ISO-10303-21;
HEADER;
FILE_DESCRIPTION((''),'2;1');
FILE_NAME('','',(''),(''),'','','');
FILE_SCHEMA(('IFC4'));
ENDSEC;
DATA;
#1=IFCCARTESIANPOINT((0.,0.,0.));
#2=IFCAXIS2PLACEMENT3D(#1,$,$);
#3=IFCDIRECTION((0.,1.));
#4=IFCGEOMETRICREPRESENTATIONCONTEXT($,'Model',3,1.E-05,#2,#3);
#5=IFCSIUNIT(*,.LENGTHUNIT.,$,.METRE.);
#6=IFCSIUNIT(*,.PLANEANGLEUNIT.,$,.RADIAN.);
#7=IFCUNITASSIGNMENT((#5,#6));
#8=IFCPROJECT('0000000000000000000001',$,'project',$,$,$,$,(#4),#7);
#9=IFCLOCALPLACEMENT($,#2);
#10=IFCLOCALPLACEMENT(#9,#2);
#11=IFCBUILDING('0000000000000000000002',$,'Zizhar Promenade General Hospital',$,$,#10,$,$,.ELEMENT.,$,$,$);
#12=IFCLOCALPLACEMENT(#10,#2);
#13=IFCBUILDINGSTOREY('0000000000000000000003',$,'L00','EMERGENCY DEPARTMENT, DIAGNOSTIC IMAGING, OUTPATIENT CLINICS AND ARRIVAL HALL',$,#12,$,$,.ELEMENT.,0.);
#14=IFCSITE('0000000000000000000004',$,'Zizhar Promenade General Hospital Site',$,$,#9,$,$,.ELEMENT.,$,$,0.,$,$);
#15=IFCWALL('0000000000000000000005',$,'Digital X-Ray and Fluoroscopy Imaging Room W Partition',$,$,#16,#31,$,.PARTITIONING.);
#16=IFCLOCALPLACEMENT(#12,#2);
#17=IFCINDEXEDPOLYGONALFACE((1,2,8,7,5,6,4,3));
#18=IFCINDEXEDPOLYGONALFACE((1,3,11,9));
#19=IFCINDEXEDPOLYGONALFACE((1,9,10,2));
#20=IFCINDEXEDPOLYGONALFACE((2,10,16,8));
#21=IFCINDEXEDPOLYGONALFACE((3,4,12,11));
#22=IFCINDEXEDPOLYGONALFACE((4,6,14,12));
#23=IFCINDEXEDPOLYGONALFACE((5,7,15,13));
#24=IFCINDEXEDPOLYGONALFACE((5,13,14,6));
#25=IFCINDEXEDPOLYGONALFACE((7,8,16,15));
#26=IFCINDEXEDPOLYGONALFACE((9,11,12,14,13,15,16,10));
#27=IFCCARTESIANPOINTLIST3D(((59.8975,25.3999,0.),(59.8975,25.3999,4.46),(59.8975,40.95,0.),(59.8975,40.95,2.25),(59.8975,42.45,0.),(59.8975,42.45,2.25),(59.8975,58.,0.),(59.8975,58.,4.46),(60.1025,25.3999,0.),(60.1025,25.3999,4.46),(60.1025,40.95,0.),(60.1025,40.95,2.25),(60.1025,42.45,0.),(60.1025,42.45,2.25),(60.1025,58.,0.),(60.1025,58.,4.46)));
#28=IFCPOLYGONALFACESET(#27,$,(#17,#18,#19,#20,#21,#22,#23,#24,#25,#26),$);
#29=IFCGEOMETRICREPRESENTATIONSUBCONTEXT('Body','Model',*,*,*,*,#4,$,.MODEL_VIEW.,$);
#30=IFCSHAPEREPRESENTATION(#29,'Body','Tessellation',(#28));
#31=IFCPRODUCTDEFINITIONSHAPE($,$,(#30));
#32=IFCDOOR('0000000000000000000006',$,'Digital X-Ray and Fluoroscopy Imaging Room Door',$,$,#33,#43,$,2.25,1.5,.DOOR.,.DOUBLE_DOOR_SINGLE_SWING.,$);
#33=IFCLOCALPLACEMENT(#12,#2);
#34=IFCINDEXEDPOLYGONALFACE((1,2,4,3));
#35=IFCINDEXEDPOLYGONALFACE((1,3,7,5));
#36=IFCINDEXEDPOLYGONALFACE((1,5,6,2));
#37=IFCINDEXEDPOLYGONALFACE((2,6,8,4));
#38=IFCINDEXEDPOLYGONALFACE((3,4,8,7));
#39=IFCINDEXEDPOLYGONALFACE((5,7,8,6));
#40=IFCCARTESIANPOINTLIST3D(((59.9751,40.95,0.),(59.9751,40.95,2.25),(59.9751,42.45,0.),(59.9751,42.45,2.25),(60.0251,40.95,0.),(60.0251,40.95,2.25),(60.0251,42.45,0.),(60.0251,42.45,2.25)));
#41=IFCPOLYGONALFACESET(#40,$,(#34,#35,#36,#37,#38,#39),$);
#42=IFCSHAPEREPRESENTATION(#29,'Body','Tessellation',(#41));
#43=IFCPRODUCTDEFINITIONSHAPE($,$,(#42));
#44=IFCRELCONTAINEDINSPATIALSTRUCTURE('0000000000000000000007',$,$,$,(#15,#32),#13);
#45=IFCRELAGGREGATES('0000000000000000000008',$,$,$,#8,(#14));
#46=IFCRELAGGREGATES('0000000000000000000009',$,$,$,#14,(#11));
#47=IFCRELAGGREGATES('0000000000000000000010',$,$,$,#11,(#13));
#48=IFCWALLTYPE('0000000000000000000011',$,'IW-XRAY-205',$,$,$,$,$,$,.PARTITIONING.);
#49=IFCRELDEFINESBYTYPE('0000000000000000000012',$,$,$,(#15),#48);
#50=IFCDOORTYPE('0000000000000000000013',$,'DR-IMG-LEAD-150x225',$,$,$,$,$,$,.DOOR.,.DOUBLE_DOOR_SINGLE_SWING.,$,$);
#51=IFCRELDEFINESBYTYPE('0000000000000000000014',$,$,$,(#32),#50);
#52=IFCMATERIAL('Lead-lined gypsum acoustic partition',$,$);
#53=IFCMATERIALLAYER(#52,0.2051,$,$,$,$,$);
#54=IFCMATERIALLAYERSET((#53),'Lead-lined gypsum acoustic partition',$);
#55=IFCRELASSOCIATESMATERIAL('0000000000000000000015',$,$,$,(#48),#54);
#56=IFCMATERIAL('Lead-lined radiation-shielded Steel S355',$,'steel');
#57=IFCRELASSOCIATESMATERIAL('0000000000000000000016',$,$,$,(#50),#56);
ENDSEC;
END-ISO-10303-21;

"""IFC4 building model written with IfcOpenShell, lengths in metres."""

from ifc_helpers import new_model, si_unit, direction, frame, frame_2d, origin, place, context, subcontext, project, spatial, rectangle, extrude, material, layer, layer_set, type_object, element, fill, save


model = new_model("IFC4")

# Units and contexts
model_context = context("Model", 3, precision=1e-05, world=origin(), true_north=direction((0.0, 1.0)))
body_context = subcontext(model_context, "Body", "Model", "MODEL_VIEW")
ifc_project = project(units=[si_unit("LENGTHUNIT", "METRE"), si_unit("PLANEANGLEUNIT", "RADIAN")], contexts=[model_context])

# Site, building, storey
site_placement = place(None, origin())
site = spatial("IfcSite", under=ifc_project, at=site_placement, Name="Zizhar Promenade General Hospital Site", CompositionType="ELEMENT", RefElevation=0.0)
building_placement = place(site_placement, origin())
building = spatial("IfcBuilding", under=site, at=building_placement, Name="Zizhar Promenade General Hospital", CompositionType="ELEMENT")
storey_placement = place(building_placement, origin())
storey = spatial("IfcBuildingStorey", under=building, at=storey_placement, Name="L00", Description="EMERGENCY DEPARTMENT, DIAGNOSTIC IMAGING, OUTPATIENT CLINICS AND ARRIVAL HALL", CompositionType="ELEMENT", Elevation=0.0)

# Shared definitions
ifc_material_1 = material(Name="Lead-lined gypsum acoustic partition")
ifc_layer_1 = layer(ifc_material_1, 0.2051)
ifc_layer_set_1 = layer_set([ifc_layer_1], Name="Lead-lined gypsum acoustic partition")
wall_type_1 = type_object("IfcWallType", Name="IW-XRAY-205", PredefinedType="PARTITIONING", material=ifc_layer_set_1)

# Wall, opening, door
wall_1_placement = place(storey_placement, frame((60.0, 25.3999, 0.0), z_axis=(0.0, 0.0, 1.0), x_axis=(0.0, 1.0, 0.0)))
wall_1 = element("IfcWall", 1, at=wall_1_placement, inside=storey, type_object=wall_type_1, Name="Digital X-Ray and Fluoroscopy Imaging Room W Partition", PredefinedType="PARTITIONING", context=body_context, shape_type="SweptSolid", body=[
    extrude(rectangle(XDim=32.6001, YDim=0.2051, at=frame_2d((16.3, 0.0))), origin(), (0.0, 0.0, 1.0), 4.46),
])
opening_1_placement = place(wall_1_placement, frame((15.55, 0.0, 0.0)))
opening_1 = element("IfcOpeningElement", 2, at=opening_1_placement, cuts=wall_1, PredefinedType="OPENING", context=body_context, shape_type="SweptSolid", body=[
    extrude(rectangle(XDim=1.5, YDim=2.25, at=frame_2d((0.75, 1.125))), frame((0.0, 0.1125, 0.0), z_axis=(0.0, -1.0, 0.0), x_axis=(1.0, 0.0, 0.0)), (0.0, 0.0, 1.0), 0.2251),
])
ifc_material_2 = material(Name="Lead-lined radiation-shielded Steel S355", Category="steel")
door_type_1 = type_object("IfcDoorType", Name="DR-IMG-LEAD-150x225", OperationType="DOUBLE_DOOR_SINGLE_SWING", PredefinedType="DOOR", material=ifc_material_2)
door_1_placement = place(opening_1_placement, origin())
door_1 = element("IfcDoor", 3, at=door_1_placement, inside=storey, type_object=door_type_1, Name="Digital X-Ray and Fluoroscopy Imaging Room Door", OperationType="DOUBLE_DOOR_SINGLE_SWING", OverallHeight=2.25, OverallWidth=1.5, PredefinedType="DOOR", context=body_context, shape_type="SweptSolid", body=[
    extrude(rectangle(XDim=1.5, YDim=2.25, at=frame_2d((0.75, 1.125))), frame((0.0, 0.0249, 0.0), z_axis=(0.0, -1.0, 0.0), x_axis=(1.0, 0.0, 0.0)), (0.0, 0.0, 1.0), 0.05),
])
fill(opening_1, door_1)

save(model, "model.ifc")
